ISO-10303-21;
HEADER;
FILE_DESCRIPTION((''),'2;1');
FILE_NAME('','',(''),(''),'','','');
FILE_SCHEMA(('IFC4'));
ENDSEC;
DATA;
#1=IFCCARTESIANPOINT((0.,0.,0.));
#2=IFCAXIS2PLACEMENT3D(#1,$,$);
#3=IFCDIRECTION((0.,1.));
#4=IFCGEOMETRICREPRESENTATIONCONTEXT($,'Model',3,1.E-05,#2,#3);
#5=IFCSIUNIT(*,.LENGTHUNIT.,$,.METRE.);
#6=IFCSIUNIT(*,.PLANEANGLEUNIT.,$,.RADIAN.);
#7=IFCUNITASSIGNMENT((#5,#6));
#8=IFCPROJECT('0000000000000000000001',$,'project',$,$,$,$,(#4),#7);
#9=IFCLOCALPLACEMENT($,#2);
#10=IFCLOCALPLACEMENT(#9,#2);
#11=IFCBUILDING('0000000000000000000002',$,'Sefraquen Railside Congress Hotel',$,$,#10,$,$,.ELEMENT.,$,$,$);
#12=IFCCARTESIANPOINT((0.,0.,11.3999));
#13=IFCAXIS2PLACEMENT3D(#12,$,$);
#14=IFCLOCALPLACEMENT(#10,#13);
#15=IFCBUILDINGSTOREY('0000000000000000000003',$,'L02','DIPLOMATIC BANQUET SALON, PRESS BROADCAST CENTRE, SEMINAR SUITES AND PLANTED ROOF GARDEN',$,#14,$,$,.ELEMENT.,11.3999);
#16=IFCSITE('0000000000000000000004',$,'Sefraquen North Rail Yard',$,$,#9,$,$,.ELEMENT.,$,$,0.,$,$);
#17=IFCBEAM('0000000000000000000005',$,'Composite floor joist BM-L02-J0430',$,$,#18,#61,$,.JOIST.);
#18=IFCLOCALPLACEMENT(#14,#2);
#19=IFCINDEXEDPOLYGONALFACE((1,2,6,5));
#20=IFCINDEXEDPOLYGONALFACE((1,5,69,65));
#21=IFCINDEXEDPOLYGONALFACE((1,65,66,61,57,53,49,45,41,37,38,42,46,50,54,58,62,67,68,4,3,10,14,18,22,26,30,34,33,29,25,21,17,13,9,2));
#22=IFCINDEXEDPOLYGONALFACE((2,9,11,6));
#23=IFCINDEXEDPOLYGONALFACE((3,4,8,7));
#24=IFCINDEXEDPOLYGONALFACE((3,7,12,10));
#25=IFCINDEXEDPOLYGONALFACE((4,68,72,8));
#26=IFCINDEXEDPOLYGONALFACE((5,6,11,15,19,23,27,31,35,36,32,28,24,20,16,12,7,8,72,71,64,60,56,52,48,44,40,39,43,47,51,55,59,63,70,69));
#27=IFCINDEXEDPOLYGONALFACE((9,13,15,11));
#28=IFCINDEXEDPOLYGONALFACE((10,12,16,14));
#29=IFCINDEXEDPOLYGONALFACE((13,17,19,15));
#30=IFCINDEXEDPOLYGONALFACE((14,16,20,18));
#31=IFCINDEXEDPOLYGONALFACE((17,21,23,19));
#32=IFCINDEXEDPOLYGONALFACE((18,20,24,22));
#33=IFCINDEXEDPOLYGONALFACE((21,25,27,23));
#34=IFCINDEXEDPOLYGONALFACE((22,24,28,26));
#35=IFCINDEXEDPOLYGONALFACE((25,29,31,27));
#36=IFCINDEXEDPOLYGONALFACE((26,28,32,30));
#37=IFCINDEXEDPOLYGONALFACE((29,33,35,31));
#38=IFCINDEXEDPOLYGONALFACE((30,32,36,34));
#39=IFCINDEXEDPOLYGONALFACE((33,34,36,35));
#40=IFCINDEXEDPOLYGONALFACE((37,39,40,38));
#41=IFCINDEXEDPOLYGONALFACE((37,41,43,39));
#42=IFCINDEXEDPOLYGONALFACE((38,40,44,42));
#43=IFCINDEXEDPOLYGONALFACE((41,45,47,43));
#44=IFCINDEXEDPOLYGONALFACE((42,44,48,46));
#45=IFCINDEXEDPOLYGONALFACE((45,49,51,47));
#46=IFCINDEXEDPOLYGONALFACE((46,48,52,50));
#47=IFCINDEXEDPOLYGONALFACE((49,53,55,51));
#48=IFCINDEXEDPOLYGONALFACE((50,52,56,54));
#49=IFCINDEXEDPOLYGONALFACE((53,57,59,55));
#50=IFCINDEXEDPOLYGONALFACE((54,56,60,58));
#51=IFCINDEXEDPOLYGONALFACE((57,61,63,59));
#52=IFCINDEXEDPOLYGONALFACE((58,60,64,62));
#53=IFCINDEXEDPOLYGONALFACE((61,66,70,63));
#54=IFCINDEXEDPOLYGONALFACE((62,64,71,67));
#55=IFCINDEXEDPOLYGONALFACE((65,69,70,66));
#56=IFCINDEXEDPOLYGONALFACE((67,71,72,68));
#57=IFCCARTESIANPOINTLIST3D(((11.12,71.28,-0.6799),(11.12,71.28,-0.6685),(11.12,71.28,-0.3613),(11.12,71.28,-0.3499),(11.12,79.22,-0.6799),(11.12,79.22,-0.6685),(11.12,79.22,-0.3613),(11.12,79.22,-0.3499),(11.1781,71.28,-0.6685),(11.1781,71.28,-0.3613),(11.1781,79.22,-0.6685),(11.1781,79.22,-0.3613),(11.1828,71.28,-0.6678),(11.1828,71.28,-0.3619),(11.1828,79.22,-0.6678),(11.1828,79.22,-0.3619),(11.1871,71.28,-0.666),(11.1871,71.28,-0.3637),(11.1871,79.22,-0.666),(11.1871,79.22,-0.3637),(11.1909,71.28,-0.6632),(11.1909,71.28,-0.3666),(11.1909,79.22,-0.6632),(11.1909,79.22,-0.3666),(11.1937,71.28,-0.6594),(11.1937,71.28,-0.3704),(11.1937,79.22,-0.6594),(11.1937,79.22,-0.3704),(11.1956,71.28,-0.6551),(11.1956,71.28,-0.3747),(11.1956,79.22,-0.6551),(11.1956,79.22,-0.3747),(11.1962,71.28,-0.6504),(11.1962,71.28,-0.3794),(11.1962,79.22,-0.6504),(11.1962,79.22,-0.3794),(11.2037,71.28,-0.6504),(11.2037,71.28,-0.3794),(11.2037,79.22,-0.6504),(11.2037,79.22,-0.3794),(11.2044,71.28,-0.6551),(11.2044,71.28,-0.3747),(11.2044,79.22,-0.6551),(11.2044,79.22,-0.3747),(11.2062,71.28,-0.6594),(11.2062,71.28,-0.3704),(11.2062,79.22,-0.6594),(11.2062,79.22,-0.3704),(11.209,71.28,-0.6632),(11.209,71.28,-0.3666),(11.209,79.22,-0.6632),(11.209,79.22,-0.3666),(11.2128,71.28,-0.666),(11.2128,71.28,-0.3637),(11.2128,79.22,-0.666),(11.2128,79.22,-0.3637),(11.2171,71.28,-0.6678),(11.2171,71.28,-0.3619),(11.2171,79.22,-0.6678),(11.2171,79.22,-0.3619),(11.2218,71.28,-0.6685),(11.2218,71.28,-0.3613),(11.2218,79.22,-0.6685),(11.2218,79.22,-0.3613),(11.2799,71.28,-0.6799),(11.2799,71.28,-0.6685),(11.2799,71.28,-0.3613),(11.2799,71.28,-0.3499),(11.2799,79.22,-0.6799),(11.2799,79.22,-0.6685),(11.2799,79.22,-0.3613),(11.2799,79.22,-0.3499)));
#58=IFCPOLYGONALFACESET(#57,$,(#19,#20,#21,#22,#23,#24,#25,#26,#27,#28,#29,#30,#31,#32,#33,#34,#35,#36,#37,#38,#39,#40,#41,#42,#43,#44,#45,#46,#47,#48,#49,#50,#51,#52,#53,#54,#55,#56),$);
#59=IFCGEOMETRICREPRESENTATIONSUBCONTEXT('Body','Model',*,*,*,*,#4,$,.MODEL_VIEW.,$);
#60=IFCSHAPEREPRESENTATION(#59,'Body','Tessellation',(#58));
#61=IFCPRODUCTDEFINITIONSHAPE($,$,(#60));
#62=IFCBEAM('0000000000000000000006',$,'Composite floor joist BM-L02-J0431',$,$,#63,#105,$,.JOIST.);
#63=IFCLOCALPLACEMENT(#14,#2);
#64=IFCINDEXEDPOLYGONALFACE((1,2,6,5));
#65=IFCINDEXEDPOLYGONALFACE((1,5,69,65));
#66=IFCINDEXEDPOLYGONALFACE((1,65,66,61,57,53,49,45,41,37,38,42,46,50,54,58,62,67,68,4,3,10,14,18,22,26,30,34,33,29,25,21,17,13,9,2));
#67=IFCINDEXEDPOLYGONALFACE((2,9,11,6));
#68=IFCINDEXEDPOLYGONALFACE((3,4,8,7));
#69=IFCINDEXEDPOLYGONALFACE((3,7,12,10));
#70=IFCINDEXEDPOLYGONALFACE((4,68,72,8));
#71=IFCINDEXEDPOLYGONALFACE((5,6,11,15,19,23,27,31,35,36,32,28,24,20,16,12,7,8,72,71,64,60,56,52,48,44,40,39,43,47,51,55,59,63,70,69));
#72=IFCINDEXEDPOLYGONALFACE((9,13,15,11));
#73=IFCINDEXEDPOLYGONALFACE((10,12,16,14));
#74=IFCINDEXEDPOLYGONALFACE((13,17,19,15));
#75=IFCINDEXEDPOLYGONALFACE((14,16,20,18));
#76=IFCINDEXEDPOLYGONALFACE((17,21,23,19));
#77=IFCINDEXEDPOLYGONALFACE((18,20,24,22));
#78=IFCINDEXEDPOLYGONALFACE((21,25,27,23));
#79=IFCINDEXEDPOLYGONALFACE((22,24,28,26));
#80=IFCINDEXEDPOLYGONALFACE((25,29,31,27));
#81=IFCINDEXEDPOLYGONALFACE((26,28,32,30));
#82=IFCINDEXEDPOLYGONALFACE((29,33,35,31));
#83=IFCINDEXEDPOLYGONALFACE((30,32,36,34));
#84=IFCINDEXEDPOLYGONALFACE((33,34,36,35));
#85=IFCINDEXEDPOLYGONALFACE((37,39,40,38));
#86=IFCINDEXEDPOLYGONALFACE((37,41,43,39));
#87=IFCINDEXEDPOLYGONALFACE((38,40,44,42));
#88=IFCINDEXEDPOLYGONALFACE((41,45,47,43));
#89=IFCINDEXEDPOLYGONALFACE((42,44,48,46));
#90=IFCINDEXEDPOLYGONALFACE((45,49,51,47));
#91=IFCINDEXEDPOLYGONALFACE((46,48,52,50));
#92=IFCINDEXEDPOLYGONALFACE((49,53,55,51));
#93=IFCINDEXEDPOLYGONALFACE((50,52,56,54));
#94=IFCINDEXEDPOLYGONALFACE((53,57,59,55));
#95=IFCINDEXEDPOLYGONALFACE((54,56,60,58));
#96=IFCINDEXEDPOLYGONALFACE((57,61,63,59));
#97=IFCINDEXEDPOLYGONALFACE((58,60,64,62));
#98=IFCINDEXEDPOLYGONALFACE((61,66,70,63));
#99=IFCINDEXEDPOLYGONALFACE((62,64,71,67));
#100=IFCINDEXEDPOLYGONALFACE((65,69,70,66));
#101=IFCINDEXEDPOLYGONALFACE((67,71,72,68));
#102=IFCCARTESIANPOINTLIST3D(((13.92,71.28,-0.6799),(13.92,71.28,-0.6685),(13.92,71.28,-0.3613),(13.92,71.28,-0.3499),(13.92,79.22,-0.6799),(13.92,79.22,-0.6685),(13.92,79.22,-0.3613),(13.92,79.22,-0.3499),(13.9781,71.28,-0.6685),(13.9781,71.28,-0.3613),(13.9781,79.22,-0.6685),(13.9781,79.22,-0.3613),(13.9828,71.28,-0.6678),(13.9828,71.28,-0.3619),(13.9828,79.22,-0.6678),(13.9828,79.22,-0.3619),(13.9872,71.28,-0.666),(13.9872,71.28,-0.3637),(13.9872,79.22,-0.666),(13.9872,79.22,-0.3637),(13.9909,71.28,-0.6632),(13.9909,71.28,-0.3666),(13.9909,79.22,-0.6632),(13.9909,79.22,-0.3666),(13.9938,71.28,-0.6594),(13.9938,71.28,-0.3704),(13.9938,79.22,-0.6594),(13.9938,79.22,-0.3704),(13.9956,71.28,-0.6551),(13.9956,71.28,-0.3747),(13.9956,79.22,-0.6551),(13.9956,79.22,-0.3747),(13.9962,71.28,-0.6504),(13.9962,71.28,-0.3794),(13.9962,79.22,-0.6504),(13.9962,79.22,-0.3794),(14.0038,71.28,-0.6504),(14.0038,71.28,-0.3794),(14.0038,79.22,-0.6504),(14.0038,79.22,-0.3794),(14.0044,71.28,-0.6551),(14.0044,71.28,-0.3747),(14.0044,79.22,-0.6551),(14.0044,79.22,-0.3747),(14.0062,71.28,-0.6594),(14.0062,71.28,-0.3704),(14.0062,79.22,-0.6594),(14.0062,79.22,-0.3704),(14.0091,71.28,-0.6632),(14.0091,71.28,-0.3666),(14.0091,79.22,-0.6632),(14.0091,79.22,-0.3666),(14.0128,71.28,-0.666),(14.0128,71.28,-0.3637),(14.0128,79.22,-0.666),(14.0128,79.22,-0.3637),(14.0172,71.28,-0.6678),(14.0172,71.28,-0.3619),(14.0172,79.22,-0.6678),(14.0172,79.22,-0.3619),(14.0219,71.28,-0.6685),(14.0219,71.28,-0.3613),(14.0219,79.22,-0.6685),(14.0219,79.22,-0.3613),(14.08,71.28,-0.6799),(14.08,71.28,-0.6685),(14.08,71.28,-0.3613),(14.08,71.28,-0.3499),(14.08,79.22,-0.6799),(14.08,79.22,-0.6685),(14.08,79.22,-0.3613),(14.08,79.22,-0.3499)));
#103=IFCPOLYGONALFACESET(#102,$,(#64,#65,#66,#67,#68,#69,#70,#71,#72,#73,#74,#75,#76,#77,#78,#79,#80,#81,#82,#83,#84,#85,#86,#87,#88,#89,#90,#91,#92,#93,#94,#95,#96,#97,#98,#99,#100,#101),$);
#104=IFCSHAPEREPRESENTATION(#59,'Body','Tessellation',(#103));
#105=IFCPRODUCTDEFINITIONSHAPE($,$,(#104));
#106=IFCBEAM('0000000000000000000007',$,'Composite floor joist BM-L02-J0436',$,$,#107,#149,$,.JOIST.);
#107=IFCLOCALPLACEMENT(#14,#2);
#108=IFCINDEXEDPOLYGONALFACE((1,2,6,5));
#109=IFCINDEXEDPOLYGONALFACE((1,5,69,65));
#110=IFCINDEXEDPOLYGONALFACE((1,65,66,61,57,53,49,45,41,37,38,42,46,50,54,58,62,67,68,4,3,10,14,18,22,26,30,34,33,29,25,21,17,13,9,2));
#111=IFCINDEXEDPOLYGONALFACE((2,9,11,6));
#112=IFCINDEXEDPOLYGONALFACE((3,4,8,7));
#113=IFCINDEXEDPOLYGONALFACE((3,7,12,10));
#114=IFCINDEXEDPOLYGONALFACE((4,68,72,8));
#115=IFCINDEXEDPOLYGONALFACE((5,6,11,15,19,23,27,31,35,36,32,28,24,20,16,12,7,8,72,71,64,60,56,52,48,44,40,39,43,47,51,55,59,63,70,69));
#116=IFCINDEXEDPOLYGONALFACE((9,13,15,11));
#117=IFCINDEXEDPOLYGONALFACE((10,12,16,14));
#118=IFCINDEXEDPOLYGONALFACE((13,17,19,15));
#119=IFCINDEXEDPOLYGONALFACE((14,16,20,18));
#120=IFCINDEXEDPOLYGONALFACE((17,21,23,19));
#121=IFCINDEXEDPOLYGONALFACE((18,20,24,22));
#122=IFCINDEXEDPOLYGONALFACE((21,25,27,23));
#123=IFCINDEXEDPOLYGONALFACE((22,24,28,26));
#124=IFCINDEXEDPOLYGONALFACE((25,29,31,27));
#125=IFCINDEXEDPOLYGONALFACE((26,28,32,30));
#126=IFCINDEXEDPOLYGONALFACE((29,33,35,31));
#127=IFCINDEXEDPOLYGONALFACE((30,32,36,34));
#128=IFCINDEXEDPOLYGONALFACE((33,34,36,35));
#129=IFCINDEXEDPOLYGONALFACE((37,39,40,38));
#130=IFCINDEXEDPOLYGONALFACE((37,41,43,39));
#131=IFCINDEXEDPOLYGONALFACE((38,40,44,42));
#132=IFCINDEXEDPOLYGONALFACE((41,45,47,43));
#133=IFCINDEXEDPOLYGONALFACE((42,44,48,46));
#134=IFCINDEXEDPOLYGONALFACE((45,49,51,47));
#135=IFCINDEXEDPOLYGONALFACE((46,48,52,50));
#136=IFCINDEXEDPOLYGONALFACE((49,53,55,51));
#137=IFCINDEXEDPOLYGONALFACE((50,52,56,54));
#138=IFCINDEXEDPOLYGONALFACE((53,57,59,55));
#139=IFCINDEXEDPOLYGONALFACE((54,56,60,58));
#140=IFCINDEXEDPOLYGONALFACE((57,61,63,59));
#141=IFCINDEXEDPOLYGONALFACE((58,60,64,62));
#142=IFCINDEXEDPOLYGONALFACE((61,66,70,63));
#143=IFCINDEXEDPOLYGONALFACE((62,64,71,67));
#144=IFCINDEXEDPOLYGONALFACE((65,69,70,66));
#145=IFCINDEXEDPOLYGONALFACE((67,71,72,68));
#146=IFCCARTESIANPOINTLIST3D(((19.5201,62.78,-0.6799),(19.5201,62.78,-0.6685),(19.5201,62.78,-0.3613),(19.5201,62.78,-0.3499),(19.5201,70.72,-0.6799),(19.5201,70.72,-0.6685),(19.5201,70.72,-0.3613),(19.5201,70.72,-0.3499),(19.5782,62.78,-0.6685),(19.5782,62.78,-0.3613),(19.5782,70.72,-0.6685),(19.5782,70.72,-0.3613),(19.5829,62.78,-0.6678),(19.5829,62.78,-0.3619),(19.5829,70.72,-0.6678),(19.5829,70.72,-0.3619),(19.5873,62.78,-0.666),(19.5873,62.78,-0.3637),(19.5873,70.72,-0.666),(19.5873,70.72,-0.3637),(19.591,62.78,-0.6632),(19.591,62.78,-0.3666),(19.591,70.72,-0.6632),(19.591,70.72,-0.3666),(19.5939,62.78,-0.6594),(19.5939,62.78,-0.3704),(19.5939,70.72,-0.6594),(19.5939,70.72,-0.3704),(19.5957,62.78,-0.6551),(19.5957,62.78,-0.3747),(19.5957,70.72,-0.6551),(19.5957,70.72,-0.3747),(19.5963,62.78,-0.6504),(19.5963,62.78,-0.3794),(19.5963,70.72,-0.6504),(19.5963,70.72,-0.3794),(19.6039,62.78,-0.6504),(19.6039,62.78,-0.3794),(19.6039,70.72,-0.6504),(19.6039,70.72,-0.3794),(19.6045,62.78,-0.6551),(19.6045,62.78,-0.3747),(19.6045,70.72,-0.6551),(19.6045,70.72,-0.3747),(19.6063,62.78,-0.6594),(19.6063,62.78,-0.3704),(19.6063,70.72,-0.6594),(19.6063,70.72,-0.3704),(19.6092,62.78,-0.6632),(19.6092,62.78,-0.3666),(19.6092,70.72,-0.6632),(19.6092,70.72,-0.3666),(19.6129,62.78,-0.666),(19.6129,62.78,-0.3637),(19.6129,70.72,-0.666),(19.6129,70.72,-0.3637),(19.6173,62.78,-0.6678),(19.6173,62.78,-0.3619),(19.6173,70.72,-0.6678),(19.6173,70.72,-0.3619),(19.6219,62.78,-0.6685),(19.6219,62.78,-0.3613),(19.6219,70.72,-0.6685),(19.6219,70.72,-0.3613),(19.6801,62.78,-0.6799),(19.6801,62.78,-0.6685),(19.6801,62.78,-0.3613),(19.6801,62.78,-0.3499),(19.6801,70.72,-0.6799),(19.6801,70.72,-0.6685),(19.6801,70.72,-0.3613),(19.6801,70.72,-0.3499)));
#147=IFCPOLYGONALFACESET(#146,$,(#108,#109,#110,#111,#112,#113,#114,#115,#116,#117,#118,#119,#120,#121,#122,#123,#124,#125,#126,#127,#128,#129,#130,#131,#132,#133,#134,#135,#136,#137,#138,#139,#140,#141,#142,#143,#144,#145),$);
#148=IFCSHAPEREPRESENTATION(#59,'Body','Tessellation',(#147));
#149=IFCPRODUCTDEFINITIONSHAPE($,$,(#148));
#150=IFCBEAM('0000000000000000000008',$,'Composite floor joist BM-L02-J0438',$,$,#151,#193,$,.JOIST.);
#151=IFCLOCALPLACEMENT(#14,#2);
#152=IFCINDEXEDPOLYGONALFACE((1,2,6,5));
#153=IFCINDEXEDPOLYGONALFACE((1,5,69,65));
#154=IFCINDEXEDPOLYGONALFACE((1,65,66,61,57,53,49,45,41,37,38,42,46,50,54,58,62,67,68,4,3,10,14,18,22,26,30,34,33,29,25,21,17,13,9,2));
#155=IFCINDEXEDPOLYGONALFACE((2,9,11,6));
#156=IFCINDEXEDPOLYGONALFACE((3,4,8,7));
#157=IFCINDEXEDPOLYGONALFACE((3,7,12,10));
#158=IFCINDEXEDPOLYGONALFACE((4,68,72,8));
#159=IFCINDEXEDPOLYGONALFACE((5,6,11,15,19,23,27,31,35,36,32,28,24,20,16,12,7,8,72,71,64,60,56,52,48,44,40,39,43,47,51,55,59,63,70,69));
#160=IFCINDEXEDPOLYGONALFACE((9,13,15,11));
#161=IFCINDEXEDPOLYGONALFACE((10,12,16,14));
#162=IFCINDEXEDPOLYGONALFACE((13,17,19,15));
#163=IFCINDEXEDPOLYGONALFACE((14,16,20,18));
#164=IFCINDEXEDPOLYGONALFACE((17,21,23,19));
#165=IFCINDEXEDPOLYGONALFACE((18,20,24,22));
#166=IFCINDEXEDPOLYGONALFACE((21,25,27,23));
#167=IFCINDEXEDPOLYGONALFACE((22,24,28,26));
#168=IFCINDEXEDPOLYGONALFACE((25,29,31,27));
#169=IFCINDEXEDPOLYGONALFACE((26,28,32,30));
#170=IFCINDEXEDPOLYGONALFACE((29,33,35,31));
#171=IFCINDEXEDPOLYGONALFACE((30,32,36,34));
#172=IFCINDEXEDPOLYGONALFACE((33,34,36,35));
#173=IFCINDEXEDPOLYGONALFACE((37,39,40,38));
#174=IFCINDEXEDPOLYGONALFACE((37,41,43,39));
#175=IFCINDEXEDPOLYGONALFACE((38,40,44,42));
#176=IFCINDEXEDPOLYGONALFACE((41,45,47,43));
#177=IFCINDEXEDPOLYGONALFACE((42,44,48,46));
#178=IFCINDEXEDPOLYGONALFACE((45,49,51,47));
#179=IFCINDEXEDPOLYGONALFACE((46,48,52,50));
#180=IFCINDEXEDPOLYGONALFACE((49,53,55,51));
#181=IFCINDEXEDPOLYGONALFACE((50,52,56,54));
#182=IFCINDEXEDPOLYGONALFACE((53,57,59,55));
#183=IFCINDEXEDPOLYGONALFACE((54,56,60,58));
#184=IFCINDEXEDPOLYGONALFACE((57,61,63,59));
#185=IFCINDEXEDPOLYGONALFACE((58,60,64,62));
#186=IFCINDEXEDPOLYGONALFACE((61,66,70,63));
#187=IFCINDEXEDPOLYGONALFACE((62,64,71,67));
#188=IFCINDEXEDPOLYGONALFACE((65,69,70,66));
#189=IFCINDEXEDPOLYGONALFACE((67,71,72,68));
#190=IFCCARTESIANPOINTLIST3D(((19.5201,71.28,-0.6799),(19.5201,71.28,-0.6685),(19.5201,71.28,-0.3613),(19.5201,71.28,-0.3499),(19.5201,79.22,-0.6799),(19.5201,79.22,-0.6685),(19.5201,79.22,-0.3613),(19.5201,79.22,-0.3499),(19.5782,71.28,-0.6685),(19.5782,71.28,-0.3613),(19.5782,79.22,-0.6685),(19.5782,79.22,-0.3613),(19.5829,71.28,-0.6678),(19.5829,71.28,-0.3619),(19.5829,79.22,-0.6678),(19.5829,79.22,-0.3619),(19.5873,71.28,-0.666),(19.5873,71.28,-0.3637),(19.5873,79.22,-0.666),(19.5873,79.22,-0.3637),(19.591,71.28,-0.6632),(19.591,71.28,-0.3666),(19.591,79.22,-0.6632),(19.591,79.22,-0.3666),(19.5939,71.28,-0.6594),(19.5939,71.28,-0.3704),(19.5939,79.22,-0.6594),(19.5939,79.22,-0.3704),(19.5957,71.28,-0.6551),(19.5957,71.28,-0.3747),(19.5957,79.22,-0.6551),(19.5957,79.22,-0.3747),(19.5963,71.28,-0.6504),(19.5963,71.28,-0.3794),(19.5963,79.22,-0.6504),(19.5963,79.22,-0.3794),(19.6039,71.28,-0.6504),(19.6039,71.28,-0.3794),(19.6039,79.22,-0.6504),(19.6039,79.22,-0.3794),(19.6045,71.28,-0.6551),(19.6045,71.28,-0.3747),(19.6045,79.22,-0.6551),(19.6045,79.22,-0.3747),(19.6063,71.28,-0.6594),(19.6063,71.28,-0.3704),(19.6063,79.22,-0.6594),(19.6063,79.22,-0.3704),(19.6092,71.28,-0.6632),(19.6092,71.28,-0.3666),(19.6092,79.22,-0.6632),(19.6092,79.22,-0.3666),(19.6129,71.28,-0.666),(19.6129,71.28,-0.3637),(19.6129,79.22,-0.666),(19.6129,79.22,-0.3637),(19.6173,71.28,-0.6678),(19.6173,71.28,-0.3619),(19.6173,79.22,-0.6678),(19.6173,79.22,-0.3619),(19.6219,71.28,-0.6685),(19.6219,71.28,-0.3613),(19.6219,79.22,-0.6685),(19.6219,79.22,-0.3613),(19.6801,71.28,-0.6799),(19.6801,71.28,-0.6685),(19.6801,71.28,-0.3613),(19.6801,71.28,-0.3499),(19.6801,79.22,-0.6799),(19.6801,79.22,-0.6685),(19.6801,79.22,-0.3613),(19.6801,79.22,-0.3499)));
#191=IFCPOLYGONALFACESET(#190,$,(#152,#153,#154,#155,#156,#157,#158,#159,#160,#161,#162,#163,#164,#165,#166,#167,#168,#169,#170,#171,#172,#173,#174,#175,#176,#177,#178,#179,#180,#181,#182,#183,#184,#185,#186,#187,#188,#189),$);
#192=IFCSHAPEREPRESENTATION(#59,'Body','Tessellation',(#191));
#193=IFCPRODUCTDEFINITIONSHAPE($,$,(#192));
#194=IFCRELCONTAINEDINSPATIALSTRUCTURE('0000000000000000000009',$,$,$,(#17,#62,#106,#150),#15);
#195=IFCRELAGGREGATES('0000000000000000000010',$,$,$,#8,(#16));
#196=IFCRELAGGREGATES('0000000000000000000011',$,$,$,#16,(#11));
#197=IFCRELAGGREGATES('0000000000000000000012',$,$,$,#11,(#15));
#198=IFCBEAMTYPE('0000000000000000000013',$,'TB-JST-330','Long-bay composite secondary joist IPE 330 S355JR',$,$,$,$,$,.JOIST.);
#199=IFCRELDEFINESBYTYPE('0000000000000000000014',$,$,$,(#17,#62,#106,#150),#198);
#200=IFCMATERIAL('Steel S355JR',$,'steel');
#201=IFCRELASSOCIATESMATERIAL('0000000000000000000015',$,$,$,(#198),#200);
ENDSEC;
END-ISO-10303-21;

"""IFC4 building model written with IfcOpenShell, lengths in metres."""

from ifc_helpers import new_model, si_unit, direction, frame, origin, origin_2d, place, context, subcontext, project, spatial, i_section, extrude, material, material_profile, profile_set, type_object, element, save


model = new_model("IFC4")

# Units and contexts
model_context = context("Model", 3, precision=1e-05, world=origin(), true_north=direction((0.0, 1.0)))
body_context = subcontext(model_context, "Body", "Model", "MODEL_VIEW")
ifc_project = project(units=[si_unit("LENGTHUNIT", "METRE"), si_unit("PLANEANGLEUNIT", "RADIAN")], contexts=[model_context])

# Site, building, storey
site_placement = place(None, origin())
site = spatial("IfcSite", under=ifc_project, at=site_placement, Name="Sefraquen North Rail Yard", CompositionType="ELEMENT", RefElevation=0.0)
building_placement = place(site_placement, origin())
building = spatial("IfcBuilding", under=site, at=building_placement, Name="Sefraquen Railside Congress Hotel", CompositionType="ELEMENT")
storey_placement = place(building_placement, frame((0.0, 0.0, 11.3999)))
storey = spatial("IfcBuildingStorey", under=building, at=storey_placement, Name="L02", Description="DIPLOMATIC BANQUET SALON, PRESS BROADCAST CENTRE, SEMINAR SUITES AND PLANTED ROOF GARDEN", CompositionType="ELEMENT", Elevation=11.3999)

# Shared definitions
ifc_material_1 = material(Name="Steel S355JR", Category="steel")

# Beams
ifc_material_profile_1 = material_profile(ifc_material_1, i_section(OverallWidth=0.1599, OverallDepth=0.3301, WebThickness=0.0076, FlangeThickness=0.0115, FilletRadius=0.0181, at=origin_2d()), Name="IPE 330")
ifc_profile_set_1 = profile_set([ifc_material_profile_1], Name="Steel S355JR")
beam_type_1 = type_object("IfcBeamType", Name="TB-JST-330", Description="Long-bay composite secondary joist IPE 330 S355JR", PredefinedType="JOIST", material=ifc_profile_set_1)
for number, where, z_axis, x_axis, name in (
    (1, (11.2, 71.28, -0.5149), (0.0, 1.0, 0.0), (-1.0, 0.0, 0.0), "Composite floor joist BM-L02-J0430"),
    (2, (14.0, 71.28, -0.5149), (0.0, 1.0, 0.0), (-1.0, 0.0, 0.0), "Composite floor joist BM-L02-J0431"),
    (3, (19.6001, 62.78, -0.5149), (0.0, 1.0, 0.0), (-1.0, 0.0, 0.0), "Composite floor joist BM-L02-J0436"),
    (4, (19.6001, 71.28, -0.5149), (0.0, 1.0, 0.0), (-1.0, 0.0, 0.0), "Composite floor joist BM-L02-J0438"),
):
    element("IfcBeam", number, at=place(storey_placement, frame(where, z_axis=z_axis, x_axis=x_axis)), inside=storey, type_object=beam_type_1, Name=name, PredefinedType="JOIST", context=body_context, shape_type="SweptSolid", body=[
        extrude(i_section(OverallWidth=0.1599, OverallDepth=0.3301, WebThickness=0.0076, FlangeThickness=0.0115, FilletRadius=0.0181, at=origin_2d()), origin(), (0.0, 0.0, 1.0), 7.9399),
    ])

save(model, "model.ifc")
